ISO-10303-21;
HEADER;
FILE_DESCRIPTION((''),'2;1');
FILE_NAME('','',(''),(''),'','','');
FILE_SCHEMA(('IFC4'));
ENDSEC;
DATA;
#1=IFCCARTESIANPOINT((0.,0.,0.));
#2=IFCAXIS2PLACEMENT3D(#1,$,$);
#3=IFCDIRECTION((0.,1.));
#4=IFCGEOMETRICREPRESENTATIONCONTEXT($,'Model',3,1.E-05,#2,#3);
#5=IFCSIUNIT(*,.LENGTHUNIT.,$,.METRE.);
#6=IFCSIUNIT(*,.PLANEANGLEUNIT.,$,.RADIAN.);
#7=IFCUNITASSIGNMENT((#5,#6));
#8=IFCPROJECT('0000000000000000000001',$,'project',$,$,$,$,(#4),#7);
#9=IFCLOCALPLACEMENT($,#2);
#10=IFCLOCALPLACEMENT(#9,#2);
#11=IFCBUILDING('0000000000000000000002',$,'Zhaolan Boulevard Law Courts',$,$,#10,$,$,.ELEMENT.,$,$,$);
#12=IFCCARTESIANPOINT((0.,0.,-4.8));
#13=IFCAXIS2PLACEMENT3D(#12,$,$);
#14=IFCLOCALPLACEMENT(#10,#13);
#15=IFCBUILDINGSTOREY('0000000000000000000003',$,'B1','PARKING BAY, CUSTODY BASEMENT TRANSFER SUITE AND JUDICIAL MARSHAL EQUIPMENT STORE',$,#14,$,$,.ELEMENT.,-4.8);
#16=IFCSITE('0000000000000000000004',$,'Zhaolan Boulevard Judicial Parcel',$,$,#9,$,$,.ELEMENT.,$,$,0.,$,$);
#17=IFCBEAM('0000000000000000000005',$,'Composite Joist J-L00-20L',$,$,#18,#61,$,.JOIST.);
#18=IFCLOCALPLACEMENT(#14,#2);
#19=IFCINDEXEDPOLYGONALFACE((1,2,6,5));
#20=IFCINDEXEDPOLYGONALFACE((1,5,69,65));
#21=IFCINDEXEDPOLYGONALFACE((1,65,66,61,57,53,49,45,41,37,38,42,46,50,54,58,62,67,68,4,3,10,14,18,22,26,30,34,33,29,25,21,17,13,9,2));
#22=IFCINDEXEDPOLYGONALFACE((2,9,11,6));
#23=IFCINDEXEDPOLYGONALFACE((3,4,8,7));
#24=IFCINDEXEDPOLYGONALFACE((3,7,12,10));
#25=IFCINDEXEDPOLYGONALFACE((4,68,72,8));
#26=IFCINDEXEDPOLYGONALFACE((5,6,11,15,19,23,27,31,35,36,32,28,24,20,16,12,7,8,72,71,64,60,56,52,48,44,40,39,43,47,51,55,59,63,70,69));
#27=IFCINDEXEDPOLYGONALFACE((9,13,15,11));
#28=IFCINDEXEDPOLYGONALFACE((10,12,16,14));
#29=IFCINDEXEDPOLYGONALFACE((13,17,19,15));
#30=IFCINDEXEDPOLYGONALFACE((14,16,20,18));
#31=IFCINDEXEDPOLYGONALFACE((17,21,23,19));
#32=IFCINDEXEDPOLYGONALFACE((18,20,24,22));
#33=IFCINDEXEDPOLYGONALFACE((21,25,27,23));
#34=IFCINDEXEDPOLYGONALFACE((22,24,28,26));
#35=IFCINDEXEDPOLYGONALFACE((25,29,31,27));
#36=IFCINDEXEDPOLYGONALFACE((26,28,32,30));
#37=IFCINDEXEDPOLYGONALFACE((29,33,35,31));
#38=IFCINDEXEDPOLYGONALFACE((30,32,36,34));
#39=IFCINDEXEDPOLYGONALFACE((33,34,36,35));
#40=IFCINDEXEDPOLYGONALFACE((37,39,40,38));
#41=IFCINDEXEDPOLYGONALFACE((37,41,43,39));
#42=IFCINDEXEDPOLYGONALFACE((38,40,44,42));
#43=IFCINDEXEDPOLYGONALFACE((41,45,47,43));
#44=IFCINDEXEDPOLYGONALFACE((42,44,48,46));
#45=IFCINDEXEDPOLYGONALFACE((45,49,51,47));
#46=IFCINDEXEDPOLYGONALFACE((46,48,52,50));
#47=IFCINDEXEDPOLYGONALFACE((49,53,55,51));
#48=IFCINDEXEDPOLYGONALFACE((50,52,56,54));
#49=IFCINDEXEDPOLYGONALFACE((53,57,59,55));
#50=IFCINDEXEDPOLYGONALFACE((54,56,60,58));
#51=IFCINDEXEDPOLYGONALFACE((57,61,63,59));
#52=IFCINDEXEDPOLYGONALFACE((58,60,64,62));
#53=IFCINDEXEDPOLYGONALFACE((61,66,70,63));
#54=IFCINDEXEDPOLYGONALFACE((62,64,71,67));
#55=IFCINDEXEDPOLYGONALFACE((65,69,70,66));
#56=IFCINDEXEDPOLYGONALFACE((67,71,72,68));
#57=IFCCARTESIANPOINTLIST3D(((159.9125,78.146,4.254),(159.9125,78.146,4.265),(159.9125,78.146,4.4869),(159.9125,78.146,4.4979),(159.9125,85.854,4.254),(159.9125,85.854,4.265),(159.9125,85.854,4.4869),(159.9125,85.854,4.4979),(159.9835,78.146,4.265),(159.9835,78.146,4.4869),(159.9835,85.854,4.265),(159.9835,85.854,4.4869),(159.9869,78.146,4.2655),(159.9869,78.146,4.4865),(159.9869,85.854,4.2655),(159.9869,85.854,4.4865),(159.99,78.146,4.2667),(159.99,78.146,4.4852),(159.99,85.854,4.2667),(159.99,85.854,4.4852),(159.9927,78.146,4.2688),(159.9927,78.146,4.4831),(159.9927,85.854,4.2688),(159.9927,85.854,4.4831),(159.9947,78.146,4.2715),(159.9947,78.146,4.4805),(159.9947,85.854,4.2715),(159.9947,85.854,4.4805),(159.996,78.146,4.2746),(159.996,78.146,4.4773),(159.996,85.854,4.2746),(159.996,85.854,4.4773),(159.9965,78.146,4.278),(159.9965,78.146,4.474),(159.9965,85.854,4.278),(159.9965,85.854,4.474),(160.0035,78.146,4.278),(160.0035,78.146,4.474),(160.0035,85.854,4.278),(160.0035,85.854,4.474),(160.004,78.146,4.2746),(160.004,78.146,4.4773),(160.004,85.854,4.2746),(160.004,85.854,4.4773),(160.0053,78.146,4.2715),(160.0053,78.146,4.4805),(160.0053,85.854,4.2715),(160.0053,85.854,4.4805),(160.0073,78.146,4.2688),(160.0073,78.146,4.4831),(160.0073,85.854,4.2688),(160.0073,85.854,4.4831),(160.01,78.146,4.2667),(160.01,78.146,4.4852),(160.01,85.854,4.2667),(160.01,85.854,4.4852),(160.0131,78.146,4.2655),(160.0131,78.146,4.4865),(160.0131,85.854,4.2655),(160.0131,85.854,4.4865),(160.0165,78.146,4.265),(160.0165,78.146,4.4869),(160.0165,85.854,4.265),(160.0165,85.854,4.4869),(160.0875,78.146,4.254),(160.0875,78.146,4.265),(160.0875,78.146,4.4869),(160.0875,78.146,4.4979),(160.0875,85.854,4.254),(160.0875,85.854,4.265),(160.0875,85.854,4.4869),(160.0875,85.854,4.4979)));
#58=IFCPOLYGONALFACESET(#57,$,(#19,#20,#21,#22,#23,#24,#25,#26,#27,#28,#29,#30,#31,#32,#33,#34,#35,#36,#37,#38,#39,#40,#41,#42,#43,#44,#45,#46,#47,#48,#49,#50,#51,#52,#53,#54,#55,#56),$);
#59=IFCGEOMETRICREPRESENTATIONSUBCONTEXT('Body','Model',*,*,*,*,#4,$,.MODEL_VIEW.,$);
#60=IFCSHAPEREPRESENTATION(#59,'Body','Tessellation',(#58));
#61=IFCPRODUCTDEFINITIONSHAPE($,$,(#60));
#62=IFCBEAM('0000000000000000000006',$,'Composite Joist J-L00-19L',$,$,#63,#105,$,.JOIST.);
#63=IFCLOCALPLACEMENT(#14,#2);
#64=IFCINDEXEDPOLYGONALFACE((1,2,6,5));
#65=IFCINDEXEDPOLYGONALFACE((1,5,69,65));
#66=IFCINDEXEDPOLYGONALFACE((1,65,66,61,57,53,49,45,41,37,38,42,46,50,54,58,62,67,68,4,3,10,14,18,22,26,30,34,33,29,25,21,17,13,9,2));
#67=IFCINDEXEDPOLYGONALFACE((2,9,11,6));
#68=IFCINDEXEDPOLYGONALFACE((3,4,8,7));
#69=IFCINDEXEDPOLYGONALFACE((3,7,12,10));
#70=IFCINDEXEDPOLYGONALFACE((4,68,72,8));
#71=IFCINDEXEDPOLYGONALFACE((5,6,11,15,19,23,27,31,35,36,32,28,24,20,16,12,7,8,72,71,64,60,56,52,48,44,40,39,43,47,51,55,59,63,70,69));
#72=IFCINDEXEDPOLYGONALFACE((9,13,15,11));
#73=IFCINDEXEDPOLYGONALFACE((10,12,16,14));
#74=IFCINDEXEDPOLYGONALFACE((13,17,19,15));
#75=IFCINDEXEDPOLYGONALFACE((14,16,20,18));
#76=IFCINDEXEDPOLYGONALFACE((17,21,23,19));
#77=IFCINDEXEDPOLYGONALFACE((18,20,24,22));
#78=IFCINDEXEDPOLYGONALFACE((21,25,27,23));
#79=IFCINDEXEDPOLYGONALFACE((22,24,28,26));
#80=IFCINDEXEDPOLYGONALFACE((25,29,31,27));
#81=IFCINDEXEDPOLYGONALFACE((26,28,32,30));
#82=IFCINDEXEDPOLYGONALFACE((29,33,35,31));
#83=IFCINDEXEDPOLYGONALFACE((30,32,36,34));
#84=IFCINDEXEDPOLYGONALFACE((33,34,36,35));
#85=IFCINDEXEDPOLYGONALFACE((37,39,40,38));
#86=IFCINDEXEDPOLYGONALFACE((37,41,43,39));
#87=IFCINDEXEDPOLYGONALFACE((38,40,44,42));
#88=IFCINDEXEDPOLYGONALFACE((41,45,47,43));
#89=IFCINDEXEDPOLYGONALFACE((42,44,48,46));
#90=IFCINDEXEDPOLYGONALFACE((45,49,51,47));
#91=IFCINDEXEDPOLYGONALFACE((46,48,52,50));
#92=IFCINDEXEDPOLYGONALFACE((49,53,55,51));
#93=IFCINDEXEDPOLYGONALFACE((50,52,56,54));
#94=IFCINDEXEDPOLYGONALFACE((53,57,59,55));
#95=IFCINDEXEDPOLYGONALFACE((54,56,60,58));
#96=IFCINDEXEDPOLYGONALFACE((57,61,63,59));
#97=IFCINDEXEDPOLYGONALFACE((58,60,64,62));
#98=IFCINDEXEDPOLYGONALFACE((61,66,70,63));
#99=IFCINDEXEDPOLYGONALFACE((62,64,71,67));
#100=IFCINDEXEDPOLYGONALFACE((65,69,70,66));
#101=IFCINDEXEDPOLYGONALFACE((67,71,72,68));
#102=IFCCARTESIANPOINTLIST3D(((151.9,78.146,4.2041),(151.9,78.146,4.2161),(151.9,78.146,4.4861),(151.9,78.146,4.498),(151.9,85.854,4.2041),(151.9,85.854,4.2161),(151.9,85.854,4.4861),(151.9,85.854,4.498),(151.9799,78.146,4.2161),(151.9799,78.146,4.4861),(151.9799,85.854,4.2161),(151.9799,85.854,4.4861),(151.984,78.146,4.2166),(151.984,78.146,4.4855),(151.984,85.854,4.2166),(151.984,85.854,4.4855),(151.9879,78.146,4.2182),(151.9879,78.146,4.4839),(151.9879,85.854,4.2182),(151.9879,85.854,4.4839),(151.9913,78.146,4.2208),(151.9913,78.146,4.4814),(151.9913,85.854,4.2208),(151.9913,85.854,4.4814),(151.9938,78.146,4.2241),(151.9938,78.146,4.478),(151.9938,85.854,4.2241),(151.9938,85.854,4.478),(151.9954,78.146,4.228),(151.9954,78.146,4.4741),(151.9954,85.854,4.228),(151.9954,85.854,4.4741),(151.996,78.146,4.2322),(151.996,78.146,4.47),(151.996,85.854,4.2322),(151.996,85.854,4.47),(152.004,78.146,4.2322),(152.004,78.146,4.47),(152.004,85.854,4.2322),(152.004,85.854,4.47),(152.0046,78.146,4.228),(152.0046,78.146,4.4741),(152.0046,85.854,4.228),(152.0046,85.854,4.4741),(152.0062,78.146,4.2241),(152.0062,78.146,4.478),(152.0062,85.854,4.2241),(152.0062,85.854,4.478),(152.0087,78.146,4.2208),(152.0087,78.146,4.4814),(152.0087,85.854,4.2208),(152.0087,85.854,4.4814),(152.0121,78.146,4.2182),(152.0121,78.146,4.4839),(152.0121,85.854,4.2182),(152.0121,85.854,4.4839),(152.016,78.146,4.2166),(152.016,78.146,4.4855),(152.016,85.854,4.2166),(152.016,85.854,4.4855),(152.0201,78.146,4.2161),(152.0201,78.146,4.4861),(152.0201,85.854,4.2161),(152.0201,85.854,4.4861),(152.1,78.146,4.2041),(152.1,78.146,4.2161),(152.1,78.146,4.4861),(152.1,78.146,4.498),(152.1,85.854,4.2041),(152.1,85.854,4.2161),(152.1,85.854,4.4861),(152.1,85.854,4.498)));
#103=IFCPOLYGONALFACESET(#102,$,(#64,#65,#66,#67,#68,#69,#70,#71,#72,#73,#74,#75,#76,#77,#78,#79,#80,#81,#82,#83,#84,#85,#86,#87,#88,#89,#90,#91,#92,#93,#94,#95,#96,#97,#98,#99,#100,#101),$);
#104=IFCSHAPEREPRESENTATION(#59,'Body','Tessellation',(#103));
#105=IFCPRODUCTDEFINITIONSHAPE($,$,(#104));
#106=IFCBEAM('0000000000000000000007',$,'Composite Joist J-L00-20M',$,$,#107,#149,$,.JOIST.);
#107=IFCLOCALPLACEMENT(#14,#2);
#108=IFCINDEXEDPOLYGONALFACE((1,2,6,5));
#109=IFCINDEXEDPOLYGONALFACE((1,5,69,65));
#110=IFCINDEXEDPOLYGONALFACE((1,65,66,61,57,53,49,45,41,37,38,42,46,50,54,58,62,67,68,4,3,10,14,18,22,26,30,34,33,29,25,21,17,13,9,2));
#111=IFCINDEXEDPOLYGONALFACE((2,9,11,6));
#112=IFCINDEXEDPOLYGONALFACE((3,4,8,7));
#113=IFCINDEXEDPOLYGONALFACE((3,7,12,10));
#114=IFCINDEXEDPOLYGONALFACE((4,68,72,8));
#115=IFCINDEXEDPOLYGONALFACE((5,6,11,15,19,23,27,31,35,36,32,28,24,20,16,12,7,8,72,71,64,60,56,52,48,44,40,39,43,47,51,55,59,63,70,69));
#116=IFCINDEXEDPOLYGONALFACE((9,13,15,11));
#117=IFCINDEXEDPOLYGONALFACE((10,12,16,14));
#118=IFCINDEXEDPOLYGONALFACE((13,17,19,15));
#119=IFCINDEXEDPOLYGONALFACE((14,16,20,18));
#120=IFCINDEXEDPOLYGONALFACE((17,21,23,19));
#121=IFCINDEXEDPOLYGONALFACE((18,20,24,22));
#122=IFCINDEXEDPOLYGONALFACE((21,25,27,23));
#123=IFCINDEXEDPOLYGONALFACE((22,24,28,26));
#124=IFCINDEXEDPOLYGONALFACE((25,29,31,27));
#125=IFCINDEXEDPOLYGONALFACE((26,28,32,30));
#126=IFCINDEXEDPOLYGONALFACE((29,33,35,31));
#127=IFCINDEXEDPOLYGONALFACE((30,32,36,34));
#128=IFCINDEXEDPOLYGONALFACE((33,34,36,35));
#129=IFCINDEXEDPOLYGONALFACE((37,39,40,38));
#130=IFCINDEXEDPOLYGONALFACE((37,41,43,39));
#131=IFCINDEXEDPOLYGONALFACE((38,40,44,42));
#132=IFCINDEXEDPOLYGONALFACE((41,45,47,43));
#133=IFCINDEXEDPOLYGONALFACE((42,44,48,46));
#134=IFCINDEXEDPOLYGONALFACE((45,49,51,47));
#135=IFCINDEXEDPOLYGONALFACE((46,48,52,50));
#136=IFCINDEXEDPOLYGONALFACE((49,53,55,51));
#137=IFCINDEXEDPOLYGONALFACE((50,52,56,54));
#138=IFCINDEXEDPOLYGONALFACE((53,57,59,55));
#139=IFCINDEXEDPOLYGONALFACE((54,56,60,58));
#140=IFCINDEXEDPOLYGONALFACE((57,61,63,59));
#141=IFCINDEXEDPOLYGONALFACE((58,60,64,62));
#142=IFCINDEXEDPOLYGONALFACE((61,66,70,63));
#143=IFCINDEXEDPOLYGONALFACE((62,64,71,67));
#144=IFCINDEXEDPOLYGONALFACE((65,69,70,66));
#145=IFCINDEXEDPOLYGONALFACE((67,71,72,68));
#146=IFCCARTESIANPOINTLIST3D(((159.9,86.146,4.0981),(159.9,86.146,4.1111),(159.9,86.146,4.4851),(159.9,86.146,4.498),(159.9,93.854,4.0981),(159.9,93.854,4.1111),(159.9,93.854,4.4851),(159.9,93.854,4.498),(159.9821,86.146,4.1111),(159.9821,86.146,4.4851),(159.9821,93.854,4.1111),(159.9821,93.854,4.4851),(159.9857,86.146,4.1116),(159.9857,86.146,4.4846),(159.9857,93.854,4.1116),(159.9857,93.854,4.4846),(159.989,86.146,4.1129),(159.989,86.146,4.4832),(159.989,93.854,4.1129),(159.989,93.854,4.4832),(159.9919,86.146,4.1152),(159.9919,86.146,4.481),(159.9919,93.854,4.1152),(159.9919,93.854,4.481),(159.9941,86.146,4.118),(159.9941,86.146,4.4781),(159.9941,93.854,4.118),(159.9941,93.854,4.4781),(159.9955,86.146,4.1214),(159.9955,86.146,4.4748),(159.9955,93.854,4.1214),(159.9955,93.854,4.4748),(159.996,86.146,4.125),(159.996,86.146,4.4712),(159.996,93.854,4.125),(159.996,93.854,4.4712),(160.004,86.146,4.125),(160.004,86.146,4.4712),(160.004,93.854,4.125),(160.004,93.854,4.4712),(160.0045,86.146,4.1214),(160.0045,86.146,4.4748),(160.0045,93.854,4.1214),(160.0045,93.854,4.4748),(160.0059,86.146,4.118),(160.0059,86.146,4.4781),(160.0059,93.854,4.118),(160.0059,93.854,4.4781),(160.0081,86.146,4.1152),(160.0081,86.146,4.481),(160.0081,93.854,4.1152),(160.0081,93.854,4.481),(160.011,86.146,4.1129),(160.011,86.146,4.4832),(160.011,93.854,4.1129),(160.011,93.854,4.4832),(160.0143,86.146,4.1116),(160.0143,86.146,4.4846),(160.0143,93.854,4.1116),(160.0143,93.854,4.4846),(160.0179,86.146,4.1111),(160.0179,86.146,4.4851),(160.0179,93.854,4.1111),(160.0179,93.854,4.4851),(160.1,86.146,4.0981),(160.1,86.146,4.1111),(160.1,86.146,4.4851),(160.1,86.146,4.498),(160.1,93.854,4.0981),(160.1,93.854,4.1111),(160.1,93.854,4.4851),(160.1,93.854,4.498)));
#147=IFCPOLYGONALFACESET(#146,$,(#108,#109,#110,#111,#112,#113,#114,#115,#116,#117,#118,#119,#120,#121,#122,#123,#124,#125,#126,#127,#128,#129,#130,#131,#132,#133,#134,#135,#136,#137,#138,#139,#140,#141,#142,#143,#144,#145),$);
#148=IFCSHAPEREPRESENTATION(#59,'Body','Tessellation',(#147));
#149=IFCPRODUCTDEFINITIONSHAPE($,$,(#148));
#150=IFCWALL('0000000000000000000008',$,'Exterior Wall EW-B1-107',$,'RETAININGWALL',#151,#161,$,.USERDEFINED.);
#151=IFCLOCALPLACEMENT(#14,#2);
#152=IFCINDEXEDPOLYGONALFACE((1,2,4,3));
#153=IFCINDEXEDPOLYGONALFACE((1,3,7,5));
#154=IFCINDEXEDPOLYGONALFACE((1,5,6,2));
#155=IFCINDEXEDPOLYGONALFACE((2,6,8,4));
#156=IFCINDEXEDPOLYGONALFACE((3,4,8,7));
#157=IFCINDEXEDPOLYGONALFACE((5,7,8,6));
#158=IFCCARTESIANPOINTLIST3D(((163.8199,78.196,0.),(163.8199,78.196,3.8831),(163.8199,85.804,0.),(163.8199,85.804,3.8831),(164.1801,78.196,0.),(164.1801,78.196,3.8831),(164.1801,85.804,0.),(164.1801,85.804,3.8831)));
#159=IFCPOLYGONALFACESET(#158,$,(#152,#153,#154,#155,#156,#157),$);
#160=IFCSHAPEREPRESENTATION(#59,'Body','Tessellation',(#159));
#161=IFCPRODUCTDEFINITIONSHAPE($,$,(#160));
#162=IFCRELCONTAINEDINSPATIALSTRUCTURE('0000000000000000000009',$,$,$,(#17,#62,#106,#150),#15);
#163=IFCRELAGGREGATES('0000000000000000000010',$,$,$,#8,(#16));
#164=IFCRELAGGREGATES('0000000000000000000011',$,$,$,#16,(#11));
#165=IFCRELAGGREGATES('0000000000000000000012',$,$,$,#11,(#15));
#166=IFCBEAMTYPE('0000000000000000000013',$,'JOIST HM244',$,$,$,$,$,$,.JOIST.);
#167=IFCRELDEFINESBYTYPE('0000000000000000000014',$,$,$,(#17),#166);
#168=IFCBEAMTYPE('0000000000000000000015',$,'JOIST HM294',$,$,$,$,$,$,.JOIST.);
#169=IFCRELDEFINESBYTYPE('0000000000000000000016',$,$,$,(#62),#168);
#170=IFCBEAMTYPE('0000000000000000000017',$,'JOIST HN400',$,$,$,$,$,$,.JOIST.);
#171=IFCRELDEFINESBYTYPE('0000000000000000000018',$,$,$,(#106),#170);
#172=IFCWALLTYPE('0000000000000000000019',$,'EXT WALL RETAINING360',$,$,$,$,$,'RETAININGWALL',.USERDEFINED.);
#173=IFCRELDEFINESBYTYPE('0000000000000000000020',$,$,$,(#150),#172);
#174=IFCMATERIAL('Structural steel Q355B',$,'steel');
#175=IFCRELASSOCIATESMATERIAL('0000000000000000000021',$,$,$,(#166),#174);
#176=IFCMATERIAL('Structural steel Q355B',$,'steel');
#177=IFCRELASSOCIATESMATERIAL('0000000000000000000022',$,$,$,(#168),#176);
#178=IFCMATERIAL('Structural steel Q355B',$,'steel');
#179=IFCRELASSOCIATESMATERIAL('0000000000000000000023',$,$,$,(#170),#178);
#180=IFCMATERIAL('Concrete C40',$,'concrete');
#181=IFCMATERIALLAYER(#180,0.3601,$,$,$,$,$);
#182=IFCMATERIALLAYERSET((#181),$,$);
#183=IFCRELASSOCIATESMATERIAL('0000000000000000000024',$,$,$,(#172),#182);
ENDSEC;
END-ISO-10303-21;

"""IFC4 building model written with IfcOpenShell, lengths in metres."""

from ifc_helpers import new_model, si_unit, direction, frame, frame_2d, origin, origin_2d, place, context, subcontext, project, spatial, rectangle, i_section, extrude, material, layer, layer_set, material_profile, profile_set, type_object, element, save


model = new_model("IFC4")

# Units and contexts
model_context = context("Model", 3, precision=1e-05, world=origin(), true_north=direction((0.0, 1.0)))
body_context = subcontext(model_context, "Body", "Model", "MODEL_VIEW")
ifc_project = project(units=[si_unit("LENGTHUNIT", "METRE"), si_unit("PLANEANGLEUNIT", "RADIAN")], contexts=[model_context])

# Site, building, storey
site_placement = place(None, origin())
site = spatial("IfcSite", under=ifc_project, at=site_placement, Name="Zhaolan Boulevard Judicial Parcel", CompositionType="ELEMENT", RefElevation=0.0)
building_placement = place(site_placement, origin())
building = spatial("IfcBuilding", under=site, at=building_placement, Name="Zhaolan Boulevard Law Courts", CompositionType="ELEMENT")
storey_placement = place(building_placement, frame((0.0, 0.0, -4.8)))
storey = spatial("IfcBuildingStorey", under=building, at=storey_placement, Name="B1", Description="PARKING BAY, CUSTODY BASEMENT TRANSFER SUITE AND JUDICIAL MARSHAL EQUIPMENT STORE", CompositionType="ELEMENT", Elevation=-4.8)

# Beams
ifc_material_1 = material(Name="Structural steel Q355B", Category="steel")
ifc_material_profile_1 = material_profile(ifc_material_1, i_section(OverallWidth=0.175, OverallDepth=0.2439, WebThickness=0.0071, FlangeThickness=0.011, FilletRadius=0.0129, at=origin_2d()), Name="HM244x175")
ifc_profile_set_1 = profile_set([ifc_material_profile_1], Name="Structural steel Q355B")
beam_type_1 = type_object("IfcBeamType", Name="JOIST HM244", PredefinedType="JOIST", material=ifc_profile_set_1)
for number, where, z_axis, x_axis, name in (
    (1, (160.0, 78.146, 4.376), (0.0, 1.0, 0.0), (-1.0, 0.0, 0.0), "Composite Joist J-L00-20L"),
):
    element("IfcBeam", number, at=place(storey_placement, frame(where, z_axis=z_axis, x_axis=x_axis)), inside=storey, type_object=beam_type_1, Name=name, PredefinedType="JOIST", context=body_context, shape_type="SweptSolid", body=[
        extrude(i_section(OverallWidth=0.175, OverallDepth=0.2439, WebThickness=0.0071, FlangeThickness=0.011, FilletRadius=0.0129, at=origin_2d()), origin(), (0.0, 0.0, 1.0), 7.708),
    ])
ifc_material_2 = material(Name="Structural steel Q355B", Category="steel")
ifc_material_profile_2 = material_profile(ifc_material_2, i_section(OverallWidth=0.2, OverallDepth=0.2939, WebThickness=0.0081, FlangeThickness=0.012, FilletRadius=0.0161, at=origin_2d()), Name="HM294x200")
ifc_profile_set_2 = profile_set([ifc_material_profile_2], Name="Structural steel Q355B")
beam_type_2 = type_object("IfcBeamType", Name="JOIST HM294", PredefinedType="JOIST", material=ifc_profile_set_2)
beam_1_placement = place(storey_placement, frame((152.0, 78.146, 4.3511), z_axis=(0.0, 1.0, 0.0), x_axis=(-1.0, 0.0, 0.0)))
element("IfcBeam", 2, at=beam_1_placement, inside=storey, type_object=beam_type_2, Name="Composite Joist J-L00-19L", PredefinedType="JOIST", context=body_context, shape_type="SweptSolid", body=[
    extrude(i_section(OverallWidth=0.2, OverallDepth=0.2939, WebThickness=0.0081, FlangeThickness=0.012, FilletRadius=0.0161, at=origin_2d()), origin(), (0.0, 0.0, 1.0), 7.708),
])
ifc_material_3 = material(Name="Structural steel Q355B", Category="steel")
ifc_material_profile_3 = material_profile(ifc_material_3, i_section(OverallWidth=0.2, OverallDepth=0.3999, WebThickness=0.0081, FlangeThickness=0.0129, FilletRadius=0.0139, at=origin_2d()), Name="HN400x200")
ifc_profile_set_3 = profile_set([ifc_material_profile_3], Name="Structural steel Q355B")
beam_type_3 = type_object("IfcBeamType", Name="JOIST HN400", PredefinedType="JOIST", material=ifc_profile_set_3)
beam_2_placement = place(storey_placement, frame((160.0, 86.146, 4.2981), z_axis=(0.0, 1.0, 0.0), x_axis=(-1.0, 0.0, 0.0)))
element("IfcBeam", 3, at=beam_2_placement, inside=storey, type_object=beam_type_3, Name="Composite Joist J-L00-20M", PredefinedType="JOIST", context=body_context, shape_type="SweptSolid", body=[
    extrude(i_section(OverallWidth=0.2, OverallDepth=0.3999, WebThickness=0.0081, FlangeThickness=0.0129, FilletRadius=0.0139, at=origin_2d()), origin(), (0.0, 0.0, 1.0), 7.708),
])

# Wall
ifc_material_4 = material(Name="Concrete C40", Category="concrete")
ifc_layer = layer(ifc_material_4, 0.3601)
ifc_layer_set = layer_set([ifc_layer])
wall_type = type_object("IfcWallType", Name="EXT WALL RETAINING360", ElementType="RETAININGWALL", PredefinedType="USERDEFINED", material=ifc_layer_set)
wall_placement = place(storey_placement, frame((164.0, 78.196, 0.0), z_axis=(0.0, 0.0, 1.0), x_axis=(0.0, 1.0, 0.0)))
element("IfcWall", 4, at=wall_placement, inside=storey, type_object=wall_type, Name="Exterior Wall EW-B1-107", ObjectType="RETAININGWALL", PredefinedType="USERDEFINED", context=body_context, shape_type="SweptSolid", body=[
    extrude(rectangle(XDim=7.6079, YDim=0.3601, at=frame_2d((3.804, 0.0))), origin(), (0.0, 0.0, 1.0), 3.8831),
])

save(model, "model.ifc")
